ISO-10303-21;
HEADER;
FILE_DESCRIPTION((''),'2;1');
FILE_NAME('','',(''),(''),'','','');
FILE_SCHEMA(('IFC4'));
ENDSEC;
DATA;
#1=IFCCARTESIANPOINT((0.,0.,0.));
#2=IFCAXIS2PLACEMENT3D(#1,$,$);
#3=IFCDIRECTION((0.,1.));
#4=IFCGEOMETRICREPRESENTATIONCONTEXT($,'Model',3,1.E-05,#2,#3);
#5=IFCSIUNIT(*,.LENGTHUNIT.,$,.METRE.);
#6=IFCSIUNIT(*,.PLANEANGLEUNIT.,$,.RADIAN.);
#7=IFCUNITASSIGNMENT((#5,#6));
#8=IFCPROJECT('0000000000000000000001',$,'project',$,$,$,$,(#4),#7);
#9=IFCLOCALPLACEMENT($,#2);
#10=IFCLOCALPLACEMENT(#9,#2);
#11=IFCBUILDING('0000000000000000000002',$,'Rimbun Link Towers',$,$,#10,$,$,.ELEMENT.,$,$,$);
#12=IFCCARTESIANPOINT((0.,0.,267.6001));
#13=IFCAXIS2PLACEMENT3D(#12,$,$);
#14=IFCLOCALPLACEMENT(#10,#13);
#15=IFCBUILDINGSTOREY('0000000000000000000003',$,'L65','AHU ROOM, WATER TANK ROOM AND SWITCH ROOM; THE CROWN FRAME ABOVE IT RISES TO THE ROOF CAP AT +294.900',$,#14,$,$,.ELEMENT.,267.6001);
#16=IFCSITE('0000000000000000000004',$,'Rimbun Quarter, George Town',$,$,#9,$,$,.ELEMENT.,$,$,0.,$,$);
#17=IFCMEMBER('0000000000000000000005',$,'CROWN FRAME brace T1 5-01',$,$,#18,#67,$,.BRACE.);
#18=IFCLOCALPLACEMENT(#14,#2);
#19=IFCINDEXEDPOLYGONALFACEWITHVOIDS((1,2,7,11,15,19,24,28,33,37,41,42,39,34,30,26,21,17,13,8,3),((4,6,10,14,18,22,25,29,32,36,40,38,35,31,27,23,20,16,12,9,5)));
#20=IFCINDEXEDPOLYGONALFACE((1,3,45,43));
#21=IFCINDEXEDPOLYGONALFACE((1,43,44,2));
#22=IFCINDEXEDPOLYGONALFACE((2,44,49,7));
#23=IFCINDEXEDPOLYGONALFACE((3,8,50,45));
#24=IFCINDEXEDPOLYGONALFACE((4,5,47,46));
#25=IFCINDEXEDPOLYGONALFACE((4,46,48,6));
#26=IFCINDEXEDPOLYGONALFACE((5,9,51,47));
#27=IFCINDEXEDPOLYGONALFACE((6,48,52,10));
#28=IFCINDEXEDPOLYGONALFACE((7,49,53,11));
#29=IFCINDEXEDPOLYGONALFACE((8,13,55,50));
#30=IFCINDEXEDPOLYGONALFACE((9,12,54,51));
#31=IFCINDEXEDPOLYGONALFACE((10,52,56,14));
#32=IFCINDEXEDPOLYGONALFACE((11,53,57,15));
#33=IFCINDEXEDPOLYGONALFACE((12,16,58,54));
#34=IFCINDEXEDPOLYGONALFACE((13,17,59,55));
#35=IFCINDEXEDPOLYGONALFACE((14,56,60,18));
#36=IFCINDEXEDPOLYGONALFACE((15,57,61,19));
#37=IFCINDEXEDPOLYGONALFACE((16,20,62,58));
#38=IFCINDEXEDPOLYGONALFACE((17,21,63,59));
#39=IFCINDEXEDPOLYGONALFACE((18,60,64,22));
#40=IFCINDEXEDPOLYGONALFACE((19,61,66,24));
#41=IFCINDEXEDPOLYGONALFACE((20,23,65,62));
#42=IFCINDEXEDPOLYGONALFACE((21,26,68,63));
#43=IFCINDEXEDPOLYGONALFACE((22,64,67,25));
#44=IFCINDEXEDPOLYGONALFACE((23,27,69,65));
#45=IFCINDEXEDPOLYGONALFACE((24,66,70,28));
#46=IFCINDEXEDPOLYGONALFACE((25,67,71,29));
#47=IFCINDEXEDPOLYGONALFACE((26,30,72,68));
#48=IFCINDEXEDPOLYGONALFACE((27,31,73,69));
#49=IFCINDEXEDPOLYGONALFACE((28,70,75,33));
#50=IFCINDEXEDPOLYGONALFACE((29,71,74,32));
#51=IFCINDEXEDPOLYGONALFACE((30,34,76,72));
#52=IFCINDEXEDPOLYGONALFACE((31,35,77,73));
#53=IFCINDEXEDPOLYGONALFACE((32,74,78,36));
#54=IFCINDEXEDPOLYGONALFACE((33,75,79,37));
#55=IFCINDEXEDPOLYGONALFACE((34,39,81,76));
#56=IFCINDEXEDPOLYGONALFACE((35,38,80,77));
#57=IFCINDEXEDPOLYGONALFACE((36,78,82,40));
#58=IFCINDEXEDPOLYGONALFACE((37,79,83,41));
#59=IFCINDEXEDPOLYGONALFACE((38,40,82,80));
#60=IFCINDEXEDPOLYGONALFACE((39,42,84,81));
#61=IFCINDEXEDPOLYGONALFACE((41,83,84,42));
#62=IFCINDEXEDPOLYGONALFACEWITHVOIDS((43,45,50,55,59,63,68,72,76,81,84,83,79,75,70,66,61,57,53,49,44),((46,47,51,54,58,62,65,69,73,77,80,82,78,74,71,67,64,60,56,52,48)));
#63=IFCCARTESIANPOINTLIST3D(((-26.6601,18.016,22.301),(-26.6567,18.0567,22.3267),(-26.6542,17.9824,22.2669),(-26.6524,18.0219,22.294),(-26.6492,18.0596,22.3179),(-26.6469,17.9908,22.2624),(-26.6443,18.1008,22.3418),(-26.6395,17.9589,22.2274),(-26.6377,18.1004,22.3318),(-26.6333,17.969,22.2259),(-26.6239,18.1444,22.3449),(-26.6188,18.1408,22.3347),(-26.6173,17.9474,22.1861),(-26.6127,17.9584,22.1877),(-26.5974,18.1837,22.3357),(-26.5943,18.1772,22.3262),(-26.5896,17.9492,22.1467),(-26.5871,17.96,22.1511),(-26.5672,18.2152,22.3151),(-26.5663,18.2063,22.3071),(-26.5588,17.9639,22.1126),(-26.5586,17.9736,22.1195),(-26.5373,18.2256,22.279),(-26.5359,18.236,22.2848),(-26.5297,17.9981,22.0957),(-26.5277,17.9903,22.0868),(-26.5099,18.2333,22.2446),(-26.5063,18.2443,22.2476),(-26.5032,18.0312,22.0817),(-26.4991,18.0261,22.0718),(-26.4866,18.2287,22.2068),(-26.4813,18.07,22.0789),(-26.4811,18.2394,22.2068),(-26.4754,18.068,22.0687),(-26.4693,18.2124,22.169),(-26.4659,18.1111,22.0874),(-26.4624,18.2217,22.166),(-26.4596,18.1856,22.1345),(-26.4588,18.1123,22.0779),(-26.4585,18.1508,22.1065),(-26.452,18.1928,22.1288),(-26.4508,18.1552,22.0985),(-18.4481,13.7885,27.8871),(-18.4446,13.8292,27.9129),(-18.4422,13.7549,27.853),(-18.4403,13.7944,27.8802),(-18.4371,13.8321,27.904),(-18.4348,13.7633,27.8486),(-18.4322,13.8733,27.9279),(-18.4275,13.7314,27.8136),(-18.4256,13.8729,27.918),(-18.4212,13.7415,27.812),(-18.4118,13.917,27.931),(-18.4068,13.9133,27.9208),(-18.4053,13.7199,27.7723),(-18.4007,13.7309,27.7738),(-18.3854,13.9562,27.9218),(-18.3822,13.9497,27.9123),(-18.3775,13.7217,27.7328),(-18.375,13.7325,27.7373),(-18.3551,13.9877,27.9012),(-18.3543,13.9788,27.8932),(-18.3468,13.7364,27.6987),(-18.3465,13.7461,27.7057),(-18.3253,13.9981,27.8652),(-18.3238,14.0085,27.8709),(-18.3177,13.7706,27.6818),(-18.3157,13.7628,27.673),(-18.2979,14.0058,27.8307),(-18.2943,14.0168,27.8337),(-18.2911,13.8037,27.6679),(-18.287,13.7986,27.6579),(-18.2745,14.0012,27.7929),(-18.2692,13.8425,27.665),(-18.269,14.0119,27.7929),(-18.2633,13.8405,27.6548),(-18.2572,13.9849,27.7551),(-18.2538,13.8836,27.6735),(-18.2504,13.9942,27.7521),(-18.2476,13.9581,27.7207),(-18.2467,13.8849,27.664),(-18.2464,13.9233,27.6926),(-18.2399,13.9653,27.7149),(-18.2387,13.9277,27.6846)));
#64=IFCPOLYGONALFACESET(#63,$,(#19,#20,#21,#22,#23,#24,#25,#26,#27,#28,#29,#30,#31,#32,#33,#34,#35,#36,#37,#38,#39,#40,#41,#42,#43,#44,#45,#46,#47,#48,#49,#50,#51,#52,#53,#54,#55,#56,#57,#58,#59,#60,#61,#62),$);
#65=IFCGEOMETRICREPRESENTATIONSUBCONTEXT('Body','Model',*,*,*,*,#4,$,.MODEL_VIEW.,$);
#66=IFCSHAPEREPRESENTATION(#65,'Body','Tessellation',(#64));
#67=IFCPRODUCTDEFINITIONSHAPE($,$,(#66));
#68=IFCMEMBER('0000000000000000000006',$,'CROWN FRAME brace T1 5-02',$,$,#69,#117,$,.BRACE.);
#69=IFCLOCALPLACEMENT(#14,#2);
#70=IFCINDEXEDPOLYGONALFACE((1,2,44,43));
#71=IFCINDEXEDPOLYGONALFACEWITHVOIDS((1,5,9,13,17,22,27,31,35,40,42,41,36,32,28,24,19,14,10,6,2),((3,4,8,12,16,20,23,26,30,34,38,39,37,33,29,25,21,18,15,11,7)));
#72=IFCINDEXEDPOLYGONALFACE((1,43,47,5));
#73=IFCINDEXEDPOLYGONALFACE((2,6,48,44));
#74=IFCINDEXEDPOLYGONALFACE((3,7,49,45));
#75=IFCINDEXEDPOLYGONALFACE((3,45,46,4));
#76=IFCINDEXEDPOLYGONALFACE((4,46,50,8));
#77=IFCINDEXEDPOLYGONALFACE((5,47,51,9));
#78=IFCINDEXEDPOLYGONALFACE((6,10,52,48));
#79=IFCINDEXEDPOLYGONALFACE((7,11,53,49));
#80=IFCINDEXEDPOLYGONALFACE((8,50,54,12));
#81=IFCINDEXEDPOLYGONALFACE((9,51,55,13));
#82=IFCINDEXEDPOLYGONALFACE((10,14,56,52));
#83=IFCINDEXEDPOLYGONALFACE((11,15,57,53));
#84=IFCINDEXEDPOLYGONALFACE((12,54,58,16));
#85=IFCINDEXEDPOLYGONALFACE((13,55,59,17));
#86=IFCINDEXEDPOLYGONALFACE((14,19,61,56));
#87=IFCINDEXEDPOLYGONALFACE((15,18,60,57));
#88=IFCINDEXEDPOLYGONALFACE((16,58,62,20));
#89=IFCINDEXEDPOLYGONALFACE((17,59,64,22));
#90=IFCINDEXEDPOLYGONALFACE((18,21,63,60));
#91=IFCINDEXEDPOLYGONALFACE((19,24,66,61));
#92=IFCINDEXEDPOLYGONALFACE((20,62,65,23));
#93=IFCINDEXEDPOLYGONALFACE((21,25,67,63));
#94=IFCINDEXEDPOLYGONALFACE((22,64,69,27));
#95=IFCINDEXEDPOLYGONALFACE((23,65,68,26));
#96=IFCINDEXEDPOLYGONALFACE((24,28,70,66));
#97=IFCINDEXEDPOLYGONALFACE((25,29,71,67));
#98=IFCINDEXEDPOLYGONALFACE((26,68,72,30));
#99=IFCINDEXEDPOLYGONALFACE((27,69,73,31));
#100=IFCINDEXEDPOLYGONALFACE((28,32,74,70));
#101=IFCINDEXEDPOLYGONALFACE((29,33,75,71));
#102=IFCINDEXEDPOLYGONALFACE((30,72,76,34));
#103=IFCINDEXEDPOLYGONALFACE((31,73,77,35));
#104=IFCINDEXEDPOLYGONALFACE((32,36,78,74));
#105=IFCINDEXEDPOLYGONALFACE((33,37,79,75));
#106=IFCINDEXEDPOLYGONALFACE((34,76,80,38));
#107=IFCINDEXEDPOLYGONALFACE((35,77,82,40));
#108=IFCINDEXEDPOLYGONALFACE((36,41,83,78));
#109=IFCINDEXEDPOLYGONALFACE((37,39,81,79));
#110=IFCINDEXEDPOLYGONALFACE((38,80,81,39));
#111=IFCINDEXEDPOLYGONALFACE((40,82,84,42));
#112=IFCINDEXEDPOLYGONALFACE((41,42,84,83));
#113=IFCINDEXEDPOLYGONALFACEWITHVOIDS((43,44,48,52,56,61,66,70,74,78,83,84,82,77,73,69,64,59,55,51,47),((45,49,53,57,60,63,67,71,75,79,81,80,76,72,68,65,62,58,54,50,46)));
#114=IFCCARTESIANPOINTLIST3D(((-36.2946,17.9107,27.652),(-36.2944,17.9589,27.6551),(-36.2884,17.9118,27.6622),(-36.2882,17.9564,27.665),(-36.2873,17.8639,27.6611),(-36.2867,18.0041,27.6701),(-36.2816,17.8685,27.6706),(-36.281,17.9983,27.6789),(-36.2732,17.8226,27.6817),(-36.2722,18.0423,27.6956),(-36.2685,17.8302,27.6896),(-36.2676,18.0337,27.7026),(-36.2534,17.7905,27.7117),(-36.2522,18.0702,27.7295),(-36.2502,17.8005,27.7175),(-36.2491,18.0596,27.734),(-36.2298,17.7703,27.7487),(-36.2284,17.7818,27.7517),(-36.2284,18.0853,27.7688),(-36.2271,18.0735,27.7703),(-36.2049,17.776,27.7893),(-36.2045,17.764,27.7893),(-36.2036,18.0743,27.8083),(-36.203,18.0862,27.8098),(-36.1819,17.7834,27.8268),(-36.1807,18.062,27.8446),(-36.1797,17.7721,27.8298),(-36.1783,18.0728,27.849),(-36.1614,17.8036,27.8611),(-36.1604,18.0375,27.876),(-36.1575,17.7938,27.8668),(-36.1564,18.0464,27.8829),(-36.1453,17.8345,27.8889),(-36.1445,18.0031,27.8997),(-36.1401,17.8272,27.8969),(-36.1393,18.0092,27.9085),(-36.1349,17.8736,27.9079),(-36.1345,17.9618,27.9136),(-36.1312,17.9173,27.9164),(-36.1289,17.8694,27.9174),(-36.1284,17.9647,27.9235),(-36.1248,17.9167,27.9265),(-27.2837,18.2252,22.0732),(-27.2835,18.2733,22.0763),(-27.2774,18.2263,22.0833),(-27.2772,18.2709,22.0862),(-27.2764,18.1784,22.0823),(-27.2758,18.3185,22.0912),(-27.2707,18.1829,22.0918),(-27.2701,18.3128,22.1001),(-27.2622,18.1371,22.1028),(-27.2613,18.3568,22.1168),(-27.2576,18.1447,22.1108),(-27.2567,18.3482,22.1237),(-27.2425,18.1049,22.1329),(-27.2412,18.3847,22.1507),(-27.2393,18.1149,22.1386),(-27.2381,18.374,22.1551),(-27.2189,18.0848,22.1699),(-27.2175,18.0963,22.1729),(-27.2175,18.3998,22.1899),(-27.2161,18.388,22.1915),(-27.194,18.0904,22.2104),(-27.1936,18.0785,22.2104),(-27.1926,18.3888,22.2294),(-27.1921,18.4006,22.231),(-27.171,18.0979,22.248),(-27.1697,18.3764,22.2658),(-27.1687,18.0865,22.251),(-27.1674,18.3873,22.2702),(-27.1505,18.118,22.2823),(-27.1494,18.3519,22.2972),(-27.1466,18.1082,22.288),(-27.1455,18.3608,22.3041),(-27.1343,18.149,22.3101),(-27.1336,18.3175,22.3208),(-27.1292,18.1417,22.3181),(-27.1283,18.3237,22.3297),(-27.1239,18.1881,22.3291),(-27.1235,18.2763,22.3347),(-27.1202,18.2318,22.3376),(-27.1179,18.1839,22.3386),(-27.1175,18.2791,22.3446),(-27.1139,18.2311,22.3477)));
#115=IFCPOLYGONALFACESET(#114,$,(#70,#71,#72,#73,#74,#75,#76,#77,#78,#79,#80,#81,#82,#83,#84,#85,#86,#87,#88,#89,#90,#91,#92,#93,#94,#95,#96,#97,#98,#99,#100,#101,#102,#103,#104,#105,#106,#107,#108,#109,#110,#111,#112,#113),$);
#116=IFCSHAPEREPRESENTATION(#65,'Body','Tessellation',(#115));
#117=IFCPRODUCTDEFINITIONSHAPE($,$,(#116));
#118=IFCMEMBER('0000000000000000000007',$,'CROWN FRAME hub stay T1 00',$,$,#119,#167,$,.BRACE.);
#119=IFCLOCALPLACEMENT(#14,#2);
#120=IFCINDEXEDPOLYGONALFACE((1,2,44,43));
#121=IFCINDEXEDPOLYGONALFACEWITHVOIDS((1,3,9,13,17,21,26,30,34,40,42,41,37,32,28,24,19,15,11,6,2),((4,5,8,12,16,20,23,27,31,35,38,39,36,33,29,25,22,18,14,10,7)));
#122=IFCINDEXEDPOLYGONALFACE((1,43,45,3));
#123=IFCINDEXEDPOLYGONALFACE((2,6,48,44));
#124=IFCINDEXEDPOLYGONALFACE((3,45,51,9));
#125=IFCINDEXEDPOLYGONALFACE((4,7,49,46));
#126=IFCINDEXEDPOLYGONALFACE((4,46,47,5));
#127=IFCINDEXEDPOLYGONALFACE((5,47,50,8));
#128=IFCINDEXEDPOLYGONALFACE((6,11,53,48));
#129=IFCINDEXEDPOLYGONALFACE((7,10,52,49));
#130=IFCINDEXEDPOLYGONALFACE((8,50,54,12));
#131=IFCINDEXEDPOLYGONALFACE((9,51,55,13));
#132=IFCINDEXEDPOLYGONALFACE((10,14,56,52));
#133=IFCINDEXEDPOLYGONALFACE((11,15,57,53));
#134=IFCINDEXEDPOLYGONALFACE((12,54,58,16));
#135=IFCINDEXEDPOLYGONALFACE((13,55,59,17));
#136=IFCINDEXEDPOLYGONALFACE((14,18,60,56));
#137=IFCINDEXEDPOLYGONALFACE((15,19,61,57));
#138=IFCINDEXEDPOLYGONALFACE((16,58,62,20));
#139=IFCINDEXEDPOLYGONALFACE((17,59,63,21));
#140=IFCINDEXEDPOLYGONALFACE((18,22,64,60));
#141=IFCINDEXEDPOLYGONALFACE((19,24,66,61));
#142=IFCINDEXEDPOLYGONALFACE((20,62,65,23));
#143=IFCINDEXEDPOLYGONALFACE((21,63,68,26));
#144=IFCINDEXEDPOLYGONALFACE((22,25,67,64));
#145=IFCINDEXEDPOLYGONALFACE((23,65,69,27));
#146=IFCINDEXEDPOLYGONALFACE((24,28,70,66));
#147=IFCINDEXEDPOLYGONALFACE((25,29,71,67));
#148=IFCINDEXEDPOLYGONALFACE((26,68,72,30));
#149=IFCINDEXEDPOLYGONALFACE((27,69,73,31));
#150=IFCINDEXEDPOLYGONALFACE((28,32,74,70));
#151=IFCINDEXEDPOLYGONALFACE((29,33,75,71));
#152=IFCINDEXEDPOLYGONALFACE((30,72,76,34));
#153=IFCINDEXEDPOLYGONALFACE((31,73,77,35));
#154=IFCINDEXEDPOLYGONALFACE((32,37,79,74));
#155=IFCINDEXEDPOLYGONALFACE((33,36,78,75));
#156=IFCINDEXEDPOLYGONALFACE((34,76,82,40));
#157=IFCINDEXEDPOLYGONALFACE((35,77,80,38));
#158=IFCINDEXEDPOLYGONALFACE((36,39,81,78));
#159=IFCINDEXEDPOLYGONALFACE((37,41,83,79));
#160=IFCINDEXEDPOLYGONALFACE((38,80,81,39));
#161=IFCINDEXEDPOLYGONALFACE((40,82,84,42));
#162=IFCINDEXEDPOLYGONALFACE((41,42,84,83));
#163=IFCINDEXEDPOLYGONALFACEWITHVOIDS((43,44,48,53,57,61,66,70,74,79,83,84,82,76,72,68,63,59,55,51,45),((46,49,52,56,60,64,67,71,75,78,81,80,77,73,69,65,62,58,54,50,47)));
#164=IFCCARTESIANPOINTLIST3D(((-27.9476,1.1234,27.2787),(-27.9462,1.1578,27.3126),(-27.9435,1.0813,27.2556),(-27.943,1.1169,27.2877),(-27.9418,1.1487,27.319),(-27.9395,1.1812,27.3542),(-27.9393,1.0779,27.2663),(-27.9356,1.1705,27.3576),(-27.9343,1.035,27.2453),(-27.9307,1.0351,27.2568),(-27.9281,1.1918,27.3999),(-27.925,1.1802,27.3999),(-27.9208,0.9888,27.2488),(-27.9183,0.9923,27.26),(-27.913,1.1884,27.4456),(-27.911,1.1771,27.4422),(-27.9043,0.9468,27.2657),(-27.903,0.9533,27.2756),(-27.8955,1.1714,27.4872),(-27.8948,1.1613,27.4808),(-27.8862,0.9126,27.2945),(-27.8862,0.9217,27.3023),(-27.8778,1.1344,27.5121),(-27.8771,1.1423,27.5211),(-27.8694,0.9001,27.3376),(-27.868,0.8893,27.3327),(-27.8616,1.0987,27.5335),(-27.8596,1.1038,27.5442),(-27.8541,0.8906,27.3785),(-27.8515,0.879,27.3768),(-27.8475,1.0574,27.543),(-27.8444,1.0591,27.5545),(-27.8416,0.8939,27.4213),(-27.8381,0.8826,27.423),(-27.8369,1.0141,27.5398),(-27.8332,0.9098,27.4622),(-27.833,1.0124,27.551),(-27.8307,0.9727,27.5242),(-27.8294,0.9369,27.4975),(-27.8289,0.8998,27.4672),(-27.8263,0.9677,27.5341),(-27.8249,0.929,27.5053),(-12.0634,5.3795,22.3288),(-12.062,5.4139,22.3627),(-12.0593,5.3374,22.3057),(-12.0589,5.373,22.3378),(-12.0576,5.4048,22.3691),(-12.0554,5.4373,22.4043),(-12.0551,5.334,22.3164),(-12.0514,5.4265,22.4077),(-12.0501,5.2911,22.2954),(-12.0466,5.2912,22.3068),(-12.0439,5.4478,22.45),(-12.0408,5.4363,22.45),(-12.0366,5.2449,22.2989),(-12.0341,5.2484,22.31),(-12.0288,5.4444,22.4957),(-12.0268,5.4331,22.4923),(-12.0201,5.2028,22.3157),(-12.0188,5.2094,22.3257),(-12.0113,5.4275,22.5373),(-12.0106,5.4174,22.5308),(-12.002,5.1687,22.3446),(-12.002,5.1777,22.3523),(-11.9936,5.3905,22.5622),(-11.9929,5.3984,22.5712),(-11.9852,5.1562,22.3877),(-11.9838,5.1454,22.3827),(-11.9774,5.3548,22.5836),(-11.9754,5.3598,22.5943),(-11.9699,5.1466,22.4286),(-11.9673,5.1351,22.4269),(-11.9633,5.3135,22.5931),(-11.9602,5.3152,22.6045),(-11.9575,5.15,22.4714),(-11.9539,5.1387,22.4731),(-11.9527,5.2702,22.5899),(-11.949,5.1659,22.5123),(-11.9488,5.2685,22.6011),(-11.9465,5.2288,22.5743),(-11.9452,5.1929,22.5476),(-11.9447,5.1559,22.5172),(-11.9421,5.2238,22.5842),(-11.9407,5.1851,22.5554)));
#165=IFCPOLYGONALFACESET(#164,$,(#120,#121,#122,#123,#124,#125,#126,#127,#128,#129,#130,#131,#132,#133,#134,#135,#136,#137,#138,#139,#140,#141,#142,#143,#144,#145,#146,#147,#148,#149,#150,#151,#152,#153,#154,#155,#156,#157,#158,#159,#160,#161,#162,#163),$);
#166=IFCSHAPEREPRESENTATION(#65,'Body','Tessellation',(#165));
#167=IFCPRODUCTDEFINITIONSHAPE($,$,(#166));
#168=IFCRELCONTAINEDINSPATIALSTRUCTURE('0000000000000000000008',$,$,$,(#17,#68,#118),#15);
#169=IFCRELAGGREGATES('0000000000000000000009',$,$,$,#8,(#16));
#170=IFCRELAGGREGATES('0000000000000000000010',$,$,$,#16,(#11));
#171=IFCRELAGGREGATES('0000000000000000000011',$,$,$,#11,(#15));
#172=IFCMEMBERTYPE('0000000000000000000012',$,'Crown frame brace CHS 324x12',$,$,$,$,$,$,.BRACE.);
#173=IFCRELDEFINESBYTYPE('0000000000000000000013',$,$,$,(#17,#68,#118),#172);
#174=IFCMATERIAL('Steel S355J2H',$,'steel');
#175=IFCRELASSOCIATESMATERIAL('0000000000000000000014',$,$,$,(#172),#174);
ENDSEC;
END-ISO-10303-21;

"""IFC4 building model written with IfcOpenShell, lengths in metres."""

from ifc_helpers import new_model, si_unit, direction, frame, origin, origin_2d, place, context, subcontext, project, spatial, hollow_circle, extrude, material, material_profile, profile_set, type_object, element, save


model = new_model("IFC4")

# Units and contexts
model_context = context("Model", 3, precision=1e-05, world=origin(), true_north=direction((0.0, 1.0)))
body_context = subcontext(model_context, "Body", "Model", "MODEL_VIEW")
ifc_project = project(units=[si_unit("LENGTHUNIT", "METRE"), si_unit("PLANEANGLEUNIT", "RADIAN")], contexts=[model_context])

# Site, building, storey
site_placement = place(None, origin())
site = spatial("IfcSite", under=ifc_project, at=site_placement, Name="Rimbun Quarter, George Town", CompositionType="ELEMENT", RefElevation=0.0)
building_placement = place(site_placement, origin())
building = spatial("IfcBuilding", under=site, at=building_placement, Name="Rimbun Link Towers", CompositionType="ELEMENT")
storey_placement = place(building_placement, frame((0.0, 0.0, 267.6001)))
storey = spatial("IfcBuildingStorey", under=building, at=storey_placement, Name="L65", Description="AHU ROOM, WATER TANK ROOM AND SWITCH ROOM; THE CROWN FRAME ABOVE IT RISES TO THE ROOF CAP AT +294.900", CompositionType="ELEMENT", Elevation=267.6001)

# Members
ifc_material_1 = material(Name="Steel S355J2H", Category="steel")
ifc_material_profile_1 = material_profile(ifc_material_1, hollow_circle(Radius=0.1619, WallThickness=0.012, at=origin_2d()), Name="Crown frame brace CHS 324x12")
ifc_profile_set_1 = profile_set([ifc_material_profile_1], Name="Steel S355J2H")
member_type_1 = type_object("IfcMemberType", Name="Crown frame brace CHS 324x12", PredefinedType="BRACE", material=ifc_profile_set_1)
member_1_placement = place(storey_placement, frame((-26.5552, 18.0955, 22.2068), z_axis=(0.760786, -0.391645, 0.517512), x_axis=(0.457703, 0.889105, 0.0)))
element("IfcMember", 1, at=member_1_placement, inside=storey, type_object=member_type_1, Name="CROWN FRAME brace T1 5-01", PredefinedType="BRACE", context=body_context, shape_type="SweptSolid", body=[
    extrude(hollow_circle(Radius=0.1619, WallThickness=0.012, at=origin_2d()), origin(), (0.0, 0.0, 1.0), 10.7942),
])
member_2_placement = place(storey_placement, frame((-27.1992, 18.2402, 22.2104), z_axis=(-0.849865, -0.029657, 0.526166), x_axis=(0.034875, -0.999392, 0.0)))
element("IfcMember", 2, at=member_2_placement, inside=storey, type_object=member_type_1, Name="CROWN FRAME brace T1 5-02", PredefinedType="BRACE", context=body_context, shape_type="SweptSolid", body=[
    extrude(hollow_circle(Radius=0.1619, WallThickness=0.012, at=origin_2d()), origin(), (0.0, 0.0, 1.0), 10.6028),
])
member_3_placement = place(storey_placement, frame((-27.8862, 1.0354, 27.3999), z_axis=(0.924933, 0.247831, -0.288233), x_axis=(-0.258815, 0.965927, 0.0)))
element("IfcMember", 3, at=member_3_placement, inside=storey, type_object=member_type_1, Name="CROWN FRAME hub stay T1 00", PredefinedType="BRACE", context=body_context, shape_type="SweptSolid", body=[
    extrude(hollow_circle(Radius=0.1619, WallThickness=0.012, at=origin_2d()), origin(), (0.0, 0.0, 1.0), 17.1733),
])

save(model, "model.ifc")
